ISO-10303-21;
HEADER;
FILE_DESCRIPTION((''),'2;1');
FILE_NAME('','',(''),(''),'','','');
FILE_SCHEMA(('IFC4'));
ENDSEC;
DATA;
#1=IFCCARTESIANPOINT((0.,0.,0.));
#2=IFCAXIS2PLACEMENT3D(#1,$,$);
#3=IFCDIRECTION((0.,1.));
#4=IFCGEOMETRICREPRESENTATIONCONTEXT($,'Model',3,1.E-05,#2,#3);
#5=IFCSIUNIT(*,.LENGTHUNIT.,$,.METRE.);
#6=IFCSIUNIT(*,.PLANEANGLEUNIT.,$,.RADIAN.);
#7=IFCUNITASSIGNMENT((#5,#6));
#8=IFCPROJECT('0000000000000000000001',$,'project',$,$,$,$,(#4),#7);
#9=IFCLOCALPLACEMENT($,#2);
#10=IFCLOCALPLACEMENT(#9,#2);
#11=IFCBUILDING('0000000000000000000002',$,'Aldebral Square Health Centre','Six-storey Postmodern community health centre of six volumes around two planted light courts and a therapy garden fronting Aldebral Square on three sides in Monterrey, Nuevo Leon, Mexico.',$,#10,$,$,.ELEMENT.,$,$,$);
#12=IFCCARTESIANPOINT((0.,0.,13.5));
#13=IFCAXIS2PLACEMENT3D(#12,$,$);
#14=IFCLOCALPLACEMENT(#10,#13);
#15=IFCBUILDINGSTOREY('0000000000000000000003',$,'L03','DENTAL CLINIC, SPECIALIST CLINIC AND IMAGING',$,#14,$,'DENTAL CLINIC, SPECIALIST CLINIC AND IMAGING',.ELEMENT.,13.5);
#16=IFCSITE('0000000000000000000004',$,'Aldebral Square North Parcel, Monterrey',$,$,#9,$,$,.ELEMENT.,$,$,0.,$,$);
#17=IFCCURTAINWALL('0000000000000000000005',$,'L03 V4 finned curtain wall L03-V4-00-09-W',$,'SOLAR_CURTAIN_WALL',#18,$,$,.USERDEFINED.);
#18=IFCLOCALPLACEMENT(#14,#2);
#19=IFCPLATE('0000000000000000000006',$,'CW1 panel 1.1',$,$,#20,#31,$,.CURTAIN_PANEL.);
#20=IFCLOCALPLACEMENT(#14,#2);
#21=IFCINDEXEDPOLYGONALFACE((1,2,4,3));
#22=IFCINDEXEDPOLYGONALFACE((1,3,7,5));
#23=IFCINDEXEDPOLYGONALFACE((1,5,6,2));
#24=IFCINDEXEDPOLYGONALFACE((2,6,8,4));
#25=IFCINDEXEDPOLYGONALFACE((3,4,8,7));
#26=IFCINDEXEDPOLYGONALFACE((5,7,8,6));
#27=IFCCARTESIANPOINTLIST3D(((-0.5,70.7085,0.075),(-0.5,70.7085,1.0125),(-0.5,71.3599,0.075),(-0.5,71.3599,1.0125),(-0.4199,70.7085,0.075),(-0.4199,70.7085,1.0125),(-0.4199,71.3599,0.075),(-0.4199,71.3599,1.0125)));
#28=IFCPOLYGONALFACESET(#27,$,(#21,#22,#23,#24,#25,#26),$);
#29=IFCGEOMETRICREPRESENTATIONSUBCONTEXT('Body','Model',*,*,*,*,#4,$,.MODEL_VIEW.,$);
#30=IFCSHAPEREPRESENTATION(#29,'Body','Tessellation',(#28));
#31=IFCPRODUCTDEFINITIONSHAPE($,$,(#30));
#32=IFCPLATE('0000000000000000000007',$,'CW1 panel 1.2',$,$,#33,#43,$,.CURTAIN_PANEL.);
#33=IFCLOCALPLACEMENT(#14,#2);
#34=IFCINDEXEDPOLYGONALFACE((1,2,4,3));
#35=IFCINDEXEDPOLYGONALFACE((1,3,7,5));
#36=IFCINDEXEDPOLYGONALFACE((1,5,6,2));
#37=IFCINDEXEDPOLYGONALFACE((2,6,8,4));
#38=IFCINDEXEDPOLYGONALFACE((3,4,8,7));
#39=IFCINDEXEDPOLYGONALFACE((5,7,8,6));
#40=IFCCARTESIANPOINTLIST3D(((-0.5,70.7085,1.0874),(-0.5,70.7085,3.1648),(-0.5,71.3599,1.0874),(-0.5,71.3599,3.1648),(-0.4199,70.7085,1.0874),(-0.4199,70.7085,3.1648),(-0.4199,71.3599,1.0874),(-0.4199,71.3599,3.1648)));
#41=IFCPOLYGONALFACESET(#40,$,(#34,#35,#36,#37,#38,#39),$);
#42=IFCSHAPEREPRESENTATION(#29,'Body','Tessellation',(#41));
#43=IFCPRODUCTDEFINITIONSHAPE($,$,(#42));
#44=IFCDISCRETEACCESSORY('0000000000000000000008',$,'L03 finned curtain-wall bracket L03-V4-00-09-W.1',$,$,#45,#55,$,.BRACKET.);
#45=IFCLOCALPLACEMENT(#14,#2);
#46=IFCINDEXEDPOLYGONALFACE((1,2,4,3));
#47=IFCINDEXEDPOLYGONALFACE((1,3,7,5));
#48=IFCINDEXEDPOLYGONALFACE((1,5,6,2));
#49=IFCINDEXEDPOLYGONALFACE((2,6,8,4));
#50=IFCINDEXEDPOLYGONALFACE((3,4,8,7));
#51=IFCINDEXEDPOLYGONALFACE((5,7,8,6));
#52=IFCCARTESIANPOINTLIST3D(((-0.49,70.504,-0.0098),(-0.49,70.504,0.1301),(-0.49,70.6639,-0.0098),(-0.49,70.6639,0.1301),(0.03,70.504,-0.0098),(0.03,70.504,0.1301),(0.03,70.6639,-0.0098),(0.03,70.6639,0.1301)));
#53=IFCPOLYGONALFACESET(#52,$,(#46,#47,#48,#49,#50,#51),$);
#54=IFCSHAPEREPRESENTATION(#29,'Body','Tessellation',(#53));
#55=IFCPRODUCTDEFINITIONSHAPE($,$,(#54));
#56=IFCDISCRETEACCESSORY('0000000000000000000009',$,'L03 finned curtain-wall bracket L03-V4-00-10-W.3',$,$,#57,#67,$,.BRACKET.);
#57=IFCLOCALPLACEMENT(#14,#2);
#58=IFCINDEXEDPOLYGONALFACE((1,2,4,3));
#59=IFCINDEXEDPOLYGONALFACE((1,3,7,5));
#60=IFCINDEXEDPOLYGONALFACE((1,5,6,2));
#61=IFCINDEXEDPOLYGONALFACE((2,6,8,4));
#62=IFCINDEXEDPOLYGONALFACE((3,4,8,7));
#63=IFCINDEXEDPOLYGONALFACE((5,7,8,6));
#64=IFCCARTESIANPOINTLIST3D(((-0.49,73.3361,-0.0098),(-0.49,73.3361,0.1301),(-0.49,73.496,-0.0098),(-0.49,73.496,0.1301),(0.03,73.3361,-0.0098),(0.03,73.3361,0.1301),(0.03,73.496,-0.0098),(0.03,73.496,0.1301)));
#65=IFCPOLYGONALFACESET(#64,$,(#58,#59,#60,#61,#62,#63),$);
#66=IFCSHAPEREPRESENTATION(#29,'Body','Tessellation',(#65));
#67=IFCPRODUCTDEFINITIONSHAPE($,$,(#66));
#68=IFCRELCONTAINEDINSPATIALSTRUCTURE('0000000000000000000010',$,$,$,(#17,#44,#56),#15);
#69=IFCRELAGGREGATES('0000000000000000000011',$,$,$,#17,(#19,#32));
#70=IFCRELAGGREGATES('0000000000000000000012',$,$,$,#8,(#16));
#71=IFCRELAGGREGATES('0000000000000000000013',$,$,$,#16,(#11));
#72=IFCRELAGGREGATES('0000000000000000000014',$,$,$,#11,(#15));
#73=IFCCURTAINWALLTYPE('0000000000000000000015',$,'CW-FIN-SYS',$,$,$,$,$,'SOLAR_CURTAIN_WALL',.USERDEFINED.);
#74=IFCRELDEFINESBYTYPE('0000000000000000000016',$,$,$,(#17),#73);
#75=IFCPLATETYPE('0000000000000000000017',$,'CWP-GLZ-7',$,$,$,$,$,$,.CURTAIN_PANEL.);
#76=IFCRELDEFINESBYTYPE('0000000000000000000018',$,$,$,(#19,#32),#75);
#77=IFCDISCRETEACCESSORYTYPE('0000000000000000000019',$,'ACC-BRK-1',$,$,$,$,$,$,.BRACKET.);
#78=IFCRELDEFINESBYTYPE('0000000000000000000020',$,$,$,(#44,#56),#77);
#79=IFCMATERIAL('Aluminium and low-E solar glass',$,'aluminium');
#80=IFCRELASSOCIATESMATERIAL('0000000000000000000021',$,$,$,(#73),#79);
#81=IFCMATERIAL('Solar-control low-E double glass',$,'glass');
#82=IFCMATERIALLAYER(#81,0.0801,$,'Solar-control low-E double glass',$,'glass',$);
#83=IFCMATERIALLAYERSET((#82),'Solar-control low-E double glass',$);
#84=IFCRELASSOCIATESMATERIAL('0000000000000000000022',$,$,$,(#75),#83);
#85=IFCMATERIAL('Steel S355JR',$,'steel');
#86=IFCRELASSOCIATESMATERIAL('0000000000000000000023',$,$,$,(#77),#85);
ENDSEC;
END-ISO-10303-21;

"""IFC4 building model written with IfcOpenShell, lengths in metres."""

from ifc_helpers import new_model, si_unit, direction, frame, origin, origin_2d, place, context, subcontext, project, spatial, rectangle, extrude, material, layer, layer_set, type_object, element, aggregate, save


model = new_model("IFC4")

# Units and contexts
model_context = context("Model", 3, precision=1e-05, world=origin(), true_north=direction((0.0, 1.0)))
body_context = subcontext(model_context, "Body", "Model", "MODEL_VIEW")
ifc_project = project(units=[si_unit("LENGTHUNIT", "METRE"), si_unit("PLANEANGLEUNIT", "RADIAN")], contexts=[model_context])

# Site, building, storey
site_placement = place(None, origin())
site = spatial("IfcSite", under=ifc_project, at=site_placement, Name="Aldebral Square North Parcel, Monterrey", CompositionType="ELEMENT", RefElevation=0.0)
building_placement = place(site_placement, origin())
building = spatial("IfcBuilding", under=site, at=building_placement, Name="Aldebral Square Health Centre", Description="Six-storey Postmodern community health centre of six volumes around two planted light courts and a therapy garden fronting Aldebral Square on three sides in Monterrey, Nuevo Leon, Mexico.", CompositionType="ELEMENT")
storey_placement = place(building_placement, frame((0.0, 0.0, 13.5)))
storey = spatial("IfcBuildingStorey", under=building, at=storey_placement, Name="L03", Description="DENTAL CLINIC, SPECIALIST CLINIC AND IMAGING", LongName="DENTAL CLINIC, SPECIALIST CLINIC AND IMAGING", CompositionType="ELEMENT", Elevation=13.5)

# Curtain wall
ifc_material_1 = material(Name="Aluminium and low-E solar glass", Category="aluminium")
curtain_wall_type = type_object("IfcCurtainWallType", Name="CW-FIN-SYS", ElementType="SOLAR_CURTAIN_WALL", PredefinedType="USERDEFINED", material=ifc_material_1)
curtain_wall_1_placement = place(storey_placement, origin())
curtain_wall_1 = element("IfcCurtainWall", 1, at=curtain_wall_1_placement, inside=storey, type_object=curtain_wall_type, Name="L03 V4 finned curtain wall L03-V4-00-09-W", ObjectType="SOLAR_CURTAIN_WALL", PredefinedType="USERDEFINED")

# Plates
ifc_material_2 = material(Name="Solar-control low-E double glass", Category="glass")
ifc_layer_1 = layer(ifc_material_2, 0.0801, Name="Solar-control low-E double glass", Category="glass")
ifc_layer_set_1 = layer_set([ifc_layer_1], Name="Solar-control low-E double glass")
plate_type_1 = type_object("IfcPlateType", Name="CWP-GLZ-7", PredefinedType="CURTAIN_PANEL", material=ifc_layer_set_1)
plate_1_placement = place(storey_placement, frame((-0.46, 71.0342, 0.075), z_axis=(0.0, 0.0, 1.0), x_axis=(0.0, -1.0, 0.0)))
plate_1 = element("IfcPlate", 2, at=plate_1_placement, type_object=plate_type_1, Name="CW1 panel 1.1", PredefinedType="CURTAIN_PANEL", context=body_context, shape_type="SweptSolid", body=[
    extrude(rectangle(XDim=0.6514, YDim=0.0801, at=origin_2d()), origin(), (0.0, 0.0, 1.0), 0.9375),
])
plate_2_placement = place(storey_placement, frame((-0.46, 71.0342, 1.0874), z_axis=(0.0, 0.0, 1.0), x_axis=(0.0, -1.0, 0.0)))
plate_2 = element("IfcPlate", 3, at=plate_2_placement, type_object=plate_type_1, Name="CW1 panel 1.2", PredefinedType="CURTAIN_PANEL", context=body_context, shape_type="SweptSolid", body=[
    extrude(rectangle(XDim=0.6514, YDim=0.0801, at=origin_2d()), origin(), (0.0, 0.0, 1.0), 2.0774),
])
aggregate(curtain_wall_1, [plate_1, plate_2])

# Discrete accessories
ifc_material_3 = material(Name="Steel S355JR", Category="steel")
discrete_accessory_type = type_object("IfcDiscreteAccessoryType", Name="ACC-BRK-1", PredefinedType="BRACKET", material=ifc_material_3)
for number, where, z_axis, x_axis, name in (
    (4, (-0.23, 70.584, -0.0098), (0.0, 0.0, 1.0), (0.0, 1.0, 0.0), "L03 finned curtain-wall bracket L03-V4-00-09-W.1"),
    (5, (-0.23, 73.416, -0.0098), (0.0, 0.0, 1.0), (0.0, 1.0, 0.0), "L03 finned curtain-wall bracket L03-V4-00-10-W.3"),
):
    element("IfcDiscreteAccessory", number, at=place(storey_placement, frame(where, z_axis=z_axis, x_axis=x_axis)), inside=storey, type_object=discrete_accessory_type, Name=name, PredefinedType="BRACKET", context=body_context, shape_type="SweptSolid", body=[
        extrude(rectangle(XDim=0.1599, YDim=0.52, at=origin_2d()), origin(), (0.0, 0.0, 1.0), 0.1399),
    ])

save(model, "model.ifc")
